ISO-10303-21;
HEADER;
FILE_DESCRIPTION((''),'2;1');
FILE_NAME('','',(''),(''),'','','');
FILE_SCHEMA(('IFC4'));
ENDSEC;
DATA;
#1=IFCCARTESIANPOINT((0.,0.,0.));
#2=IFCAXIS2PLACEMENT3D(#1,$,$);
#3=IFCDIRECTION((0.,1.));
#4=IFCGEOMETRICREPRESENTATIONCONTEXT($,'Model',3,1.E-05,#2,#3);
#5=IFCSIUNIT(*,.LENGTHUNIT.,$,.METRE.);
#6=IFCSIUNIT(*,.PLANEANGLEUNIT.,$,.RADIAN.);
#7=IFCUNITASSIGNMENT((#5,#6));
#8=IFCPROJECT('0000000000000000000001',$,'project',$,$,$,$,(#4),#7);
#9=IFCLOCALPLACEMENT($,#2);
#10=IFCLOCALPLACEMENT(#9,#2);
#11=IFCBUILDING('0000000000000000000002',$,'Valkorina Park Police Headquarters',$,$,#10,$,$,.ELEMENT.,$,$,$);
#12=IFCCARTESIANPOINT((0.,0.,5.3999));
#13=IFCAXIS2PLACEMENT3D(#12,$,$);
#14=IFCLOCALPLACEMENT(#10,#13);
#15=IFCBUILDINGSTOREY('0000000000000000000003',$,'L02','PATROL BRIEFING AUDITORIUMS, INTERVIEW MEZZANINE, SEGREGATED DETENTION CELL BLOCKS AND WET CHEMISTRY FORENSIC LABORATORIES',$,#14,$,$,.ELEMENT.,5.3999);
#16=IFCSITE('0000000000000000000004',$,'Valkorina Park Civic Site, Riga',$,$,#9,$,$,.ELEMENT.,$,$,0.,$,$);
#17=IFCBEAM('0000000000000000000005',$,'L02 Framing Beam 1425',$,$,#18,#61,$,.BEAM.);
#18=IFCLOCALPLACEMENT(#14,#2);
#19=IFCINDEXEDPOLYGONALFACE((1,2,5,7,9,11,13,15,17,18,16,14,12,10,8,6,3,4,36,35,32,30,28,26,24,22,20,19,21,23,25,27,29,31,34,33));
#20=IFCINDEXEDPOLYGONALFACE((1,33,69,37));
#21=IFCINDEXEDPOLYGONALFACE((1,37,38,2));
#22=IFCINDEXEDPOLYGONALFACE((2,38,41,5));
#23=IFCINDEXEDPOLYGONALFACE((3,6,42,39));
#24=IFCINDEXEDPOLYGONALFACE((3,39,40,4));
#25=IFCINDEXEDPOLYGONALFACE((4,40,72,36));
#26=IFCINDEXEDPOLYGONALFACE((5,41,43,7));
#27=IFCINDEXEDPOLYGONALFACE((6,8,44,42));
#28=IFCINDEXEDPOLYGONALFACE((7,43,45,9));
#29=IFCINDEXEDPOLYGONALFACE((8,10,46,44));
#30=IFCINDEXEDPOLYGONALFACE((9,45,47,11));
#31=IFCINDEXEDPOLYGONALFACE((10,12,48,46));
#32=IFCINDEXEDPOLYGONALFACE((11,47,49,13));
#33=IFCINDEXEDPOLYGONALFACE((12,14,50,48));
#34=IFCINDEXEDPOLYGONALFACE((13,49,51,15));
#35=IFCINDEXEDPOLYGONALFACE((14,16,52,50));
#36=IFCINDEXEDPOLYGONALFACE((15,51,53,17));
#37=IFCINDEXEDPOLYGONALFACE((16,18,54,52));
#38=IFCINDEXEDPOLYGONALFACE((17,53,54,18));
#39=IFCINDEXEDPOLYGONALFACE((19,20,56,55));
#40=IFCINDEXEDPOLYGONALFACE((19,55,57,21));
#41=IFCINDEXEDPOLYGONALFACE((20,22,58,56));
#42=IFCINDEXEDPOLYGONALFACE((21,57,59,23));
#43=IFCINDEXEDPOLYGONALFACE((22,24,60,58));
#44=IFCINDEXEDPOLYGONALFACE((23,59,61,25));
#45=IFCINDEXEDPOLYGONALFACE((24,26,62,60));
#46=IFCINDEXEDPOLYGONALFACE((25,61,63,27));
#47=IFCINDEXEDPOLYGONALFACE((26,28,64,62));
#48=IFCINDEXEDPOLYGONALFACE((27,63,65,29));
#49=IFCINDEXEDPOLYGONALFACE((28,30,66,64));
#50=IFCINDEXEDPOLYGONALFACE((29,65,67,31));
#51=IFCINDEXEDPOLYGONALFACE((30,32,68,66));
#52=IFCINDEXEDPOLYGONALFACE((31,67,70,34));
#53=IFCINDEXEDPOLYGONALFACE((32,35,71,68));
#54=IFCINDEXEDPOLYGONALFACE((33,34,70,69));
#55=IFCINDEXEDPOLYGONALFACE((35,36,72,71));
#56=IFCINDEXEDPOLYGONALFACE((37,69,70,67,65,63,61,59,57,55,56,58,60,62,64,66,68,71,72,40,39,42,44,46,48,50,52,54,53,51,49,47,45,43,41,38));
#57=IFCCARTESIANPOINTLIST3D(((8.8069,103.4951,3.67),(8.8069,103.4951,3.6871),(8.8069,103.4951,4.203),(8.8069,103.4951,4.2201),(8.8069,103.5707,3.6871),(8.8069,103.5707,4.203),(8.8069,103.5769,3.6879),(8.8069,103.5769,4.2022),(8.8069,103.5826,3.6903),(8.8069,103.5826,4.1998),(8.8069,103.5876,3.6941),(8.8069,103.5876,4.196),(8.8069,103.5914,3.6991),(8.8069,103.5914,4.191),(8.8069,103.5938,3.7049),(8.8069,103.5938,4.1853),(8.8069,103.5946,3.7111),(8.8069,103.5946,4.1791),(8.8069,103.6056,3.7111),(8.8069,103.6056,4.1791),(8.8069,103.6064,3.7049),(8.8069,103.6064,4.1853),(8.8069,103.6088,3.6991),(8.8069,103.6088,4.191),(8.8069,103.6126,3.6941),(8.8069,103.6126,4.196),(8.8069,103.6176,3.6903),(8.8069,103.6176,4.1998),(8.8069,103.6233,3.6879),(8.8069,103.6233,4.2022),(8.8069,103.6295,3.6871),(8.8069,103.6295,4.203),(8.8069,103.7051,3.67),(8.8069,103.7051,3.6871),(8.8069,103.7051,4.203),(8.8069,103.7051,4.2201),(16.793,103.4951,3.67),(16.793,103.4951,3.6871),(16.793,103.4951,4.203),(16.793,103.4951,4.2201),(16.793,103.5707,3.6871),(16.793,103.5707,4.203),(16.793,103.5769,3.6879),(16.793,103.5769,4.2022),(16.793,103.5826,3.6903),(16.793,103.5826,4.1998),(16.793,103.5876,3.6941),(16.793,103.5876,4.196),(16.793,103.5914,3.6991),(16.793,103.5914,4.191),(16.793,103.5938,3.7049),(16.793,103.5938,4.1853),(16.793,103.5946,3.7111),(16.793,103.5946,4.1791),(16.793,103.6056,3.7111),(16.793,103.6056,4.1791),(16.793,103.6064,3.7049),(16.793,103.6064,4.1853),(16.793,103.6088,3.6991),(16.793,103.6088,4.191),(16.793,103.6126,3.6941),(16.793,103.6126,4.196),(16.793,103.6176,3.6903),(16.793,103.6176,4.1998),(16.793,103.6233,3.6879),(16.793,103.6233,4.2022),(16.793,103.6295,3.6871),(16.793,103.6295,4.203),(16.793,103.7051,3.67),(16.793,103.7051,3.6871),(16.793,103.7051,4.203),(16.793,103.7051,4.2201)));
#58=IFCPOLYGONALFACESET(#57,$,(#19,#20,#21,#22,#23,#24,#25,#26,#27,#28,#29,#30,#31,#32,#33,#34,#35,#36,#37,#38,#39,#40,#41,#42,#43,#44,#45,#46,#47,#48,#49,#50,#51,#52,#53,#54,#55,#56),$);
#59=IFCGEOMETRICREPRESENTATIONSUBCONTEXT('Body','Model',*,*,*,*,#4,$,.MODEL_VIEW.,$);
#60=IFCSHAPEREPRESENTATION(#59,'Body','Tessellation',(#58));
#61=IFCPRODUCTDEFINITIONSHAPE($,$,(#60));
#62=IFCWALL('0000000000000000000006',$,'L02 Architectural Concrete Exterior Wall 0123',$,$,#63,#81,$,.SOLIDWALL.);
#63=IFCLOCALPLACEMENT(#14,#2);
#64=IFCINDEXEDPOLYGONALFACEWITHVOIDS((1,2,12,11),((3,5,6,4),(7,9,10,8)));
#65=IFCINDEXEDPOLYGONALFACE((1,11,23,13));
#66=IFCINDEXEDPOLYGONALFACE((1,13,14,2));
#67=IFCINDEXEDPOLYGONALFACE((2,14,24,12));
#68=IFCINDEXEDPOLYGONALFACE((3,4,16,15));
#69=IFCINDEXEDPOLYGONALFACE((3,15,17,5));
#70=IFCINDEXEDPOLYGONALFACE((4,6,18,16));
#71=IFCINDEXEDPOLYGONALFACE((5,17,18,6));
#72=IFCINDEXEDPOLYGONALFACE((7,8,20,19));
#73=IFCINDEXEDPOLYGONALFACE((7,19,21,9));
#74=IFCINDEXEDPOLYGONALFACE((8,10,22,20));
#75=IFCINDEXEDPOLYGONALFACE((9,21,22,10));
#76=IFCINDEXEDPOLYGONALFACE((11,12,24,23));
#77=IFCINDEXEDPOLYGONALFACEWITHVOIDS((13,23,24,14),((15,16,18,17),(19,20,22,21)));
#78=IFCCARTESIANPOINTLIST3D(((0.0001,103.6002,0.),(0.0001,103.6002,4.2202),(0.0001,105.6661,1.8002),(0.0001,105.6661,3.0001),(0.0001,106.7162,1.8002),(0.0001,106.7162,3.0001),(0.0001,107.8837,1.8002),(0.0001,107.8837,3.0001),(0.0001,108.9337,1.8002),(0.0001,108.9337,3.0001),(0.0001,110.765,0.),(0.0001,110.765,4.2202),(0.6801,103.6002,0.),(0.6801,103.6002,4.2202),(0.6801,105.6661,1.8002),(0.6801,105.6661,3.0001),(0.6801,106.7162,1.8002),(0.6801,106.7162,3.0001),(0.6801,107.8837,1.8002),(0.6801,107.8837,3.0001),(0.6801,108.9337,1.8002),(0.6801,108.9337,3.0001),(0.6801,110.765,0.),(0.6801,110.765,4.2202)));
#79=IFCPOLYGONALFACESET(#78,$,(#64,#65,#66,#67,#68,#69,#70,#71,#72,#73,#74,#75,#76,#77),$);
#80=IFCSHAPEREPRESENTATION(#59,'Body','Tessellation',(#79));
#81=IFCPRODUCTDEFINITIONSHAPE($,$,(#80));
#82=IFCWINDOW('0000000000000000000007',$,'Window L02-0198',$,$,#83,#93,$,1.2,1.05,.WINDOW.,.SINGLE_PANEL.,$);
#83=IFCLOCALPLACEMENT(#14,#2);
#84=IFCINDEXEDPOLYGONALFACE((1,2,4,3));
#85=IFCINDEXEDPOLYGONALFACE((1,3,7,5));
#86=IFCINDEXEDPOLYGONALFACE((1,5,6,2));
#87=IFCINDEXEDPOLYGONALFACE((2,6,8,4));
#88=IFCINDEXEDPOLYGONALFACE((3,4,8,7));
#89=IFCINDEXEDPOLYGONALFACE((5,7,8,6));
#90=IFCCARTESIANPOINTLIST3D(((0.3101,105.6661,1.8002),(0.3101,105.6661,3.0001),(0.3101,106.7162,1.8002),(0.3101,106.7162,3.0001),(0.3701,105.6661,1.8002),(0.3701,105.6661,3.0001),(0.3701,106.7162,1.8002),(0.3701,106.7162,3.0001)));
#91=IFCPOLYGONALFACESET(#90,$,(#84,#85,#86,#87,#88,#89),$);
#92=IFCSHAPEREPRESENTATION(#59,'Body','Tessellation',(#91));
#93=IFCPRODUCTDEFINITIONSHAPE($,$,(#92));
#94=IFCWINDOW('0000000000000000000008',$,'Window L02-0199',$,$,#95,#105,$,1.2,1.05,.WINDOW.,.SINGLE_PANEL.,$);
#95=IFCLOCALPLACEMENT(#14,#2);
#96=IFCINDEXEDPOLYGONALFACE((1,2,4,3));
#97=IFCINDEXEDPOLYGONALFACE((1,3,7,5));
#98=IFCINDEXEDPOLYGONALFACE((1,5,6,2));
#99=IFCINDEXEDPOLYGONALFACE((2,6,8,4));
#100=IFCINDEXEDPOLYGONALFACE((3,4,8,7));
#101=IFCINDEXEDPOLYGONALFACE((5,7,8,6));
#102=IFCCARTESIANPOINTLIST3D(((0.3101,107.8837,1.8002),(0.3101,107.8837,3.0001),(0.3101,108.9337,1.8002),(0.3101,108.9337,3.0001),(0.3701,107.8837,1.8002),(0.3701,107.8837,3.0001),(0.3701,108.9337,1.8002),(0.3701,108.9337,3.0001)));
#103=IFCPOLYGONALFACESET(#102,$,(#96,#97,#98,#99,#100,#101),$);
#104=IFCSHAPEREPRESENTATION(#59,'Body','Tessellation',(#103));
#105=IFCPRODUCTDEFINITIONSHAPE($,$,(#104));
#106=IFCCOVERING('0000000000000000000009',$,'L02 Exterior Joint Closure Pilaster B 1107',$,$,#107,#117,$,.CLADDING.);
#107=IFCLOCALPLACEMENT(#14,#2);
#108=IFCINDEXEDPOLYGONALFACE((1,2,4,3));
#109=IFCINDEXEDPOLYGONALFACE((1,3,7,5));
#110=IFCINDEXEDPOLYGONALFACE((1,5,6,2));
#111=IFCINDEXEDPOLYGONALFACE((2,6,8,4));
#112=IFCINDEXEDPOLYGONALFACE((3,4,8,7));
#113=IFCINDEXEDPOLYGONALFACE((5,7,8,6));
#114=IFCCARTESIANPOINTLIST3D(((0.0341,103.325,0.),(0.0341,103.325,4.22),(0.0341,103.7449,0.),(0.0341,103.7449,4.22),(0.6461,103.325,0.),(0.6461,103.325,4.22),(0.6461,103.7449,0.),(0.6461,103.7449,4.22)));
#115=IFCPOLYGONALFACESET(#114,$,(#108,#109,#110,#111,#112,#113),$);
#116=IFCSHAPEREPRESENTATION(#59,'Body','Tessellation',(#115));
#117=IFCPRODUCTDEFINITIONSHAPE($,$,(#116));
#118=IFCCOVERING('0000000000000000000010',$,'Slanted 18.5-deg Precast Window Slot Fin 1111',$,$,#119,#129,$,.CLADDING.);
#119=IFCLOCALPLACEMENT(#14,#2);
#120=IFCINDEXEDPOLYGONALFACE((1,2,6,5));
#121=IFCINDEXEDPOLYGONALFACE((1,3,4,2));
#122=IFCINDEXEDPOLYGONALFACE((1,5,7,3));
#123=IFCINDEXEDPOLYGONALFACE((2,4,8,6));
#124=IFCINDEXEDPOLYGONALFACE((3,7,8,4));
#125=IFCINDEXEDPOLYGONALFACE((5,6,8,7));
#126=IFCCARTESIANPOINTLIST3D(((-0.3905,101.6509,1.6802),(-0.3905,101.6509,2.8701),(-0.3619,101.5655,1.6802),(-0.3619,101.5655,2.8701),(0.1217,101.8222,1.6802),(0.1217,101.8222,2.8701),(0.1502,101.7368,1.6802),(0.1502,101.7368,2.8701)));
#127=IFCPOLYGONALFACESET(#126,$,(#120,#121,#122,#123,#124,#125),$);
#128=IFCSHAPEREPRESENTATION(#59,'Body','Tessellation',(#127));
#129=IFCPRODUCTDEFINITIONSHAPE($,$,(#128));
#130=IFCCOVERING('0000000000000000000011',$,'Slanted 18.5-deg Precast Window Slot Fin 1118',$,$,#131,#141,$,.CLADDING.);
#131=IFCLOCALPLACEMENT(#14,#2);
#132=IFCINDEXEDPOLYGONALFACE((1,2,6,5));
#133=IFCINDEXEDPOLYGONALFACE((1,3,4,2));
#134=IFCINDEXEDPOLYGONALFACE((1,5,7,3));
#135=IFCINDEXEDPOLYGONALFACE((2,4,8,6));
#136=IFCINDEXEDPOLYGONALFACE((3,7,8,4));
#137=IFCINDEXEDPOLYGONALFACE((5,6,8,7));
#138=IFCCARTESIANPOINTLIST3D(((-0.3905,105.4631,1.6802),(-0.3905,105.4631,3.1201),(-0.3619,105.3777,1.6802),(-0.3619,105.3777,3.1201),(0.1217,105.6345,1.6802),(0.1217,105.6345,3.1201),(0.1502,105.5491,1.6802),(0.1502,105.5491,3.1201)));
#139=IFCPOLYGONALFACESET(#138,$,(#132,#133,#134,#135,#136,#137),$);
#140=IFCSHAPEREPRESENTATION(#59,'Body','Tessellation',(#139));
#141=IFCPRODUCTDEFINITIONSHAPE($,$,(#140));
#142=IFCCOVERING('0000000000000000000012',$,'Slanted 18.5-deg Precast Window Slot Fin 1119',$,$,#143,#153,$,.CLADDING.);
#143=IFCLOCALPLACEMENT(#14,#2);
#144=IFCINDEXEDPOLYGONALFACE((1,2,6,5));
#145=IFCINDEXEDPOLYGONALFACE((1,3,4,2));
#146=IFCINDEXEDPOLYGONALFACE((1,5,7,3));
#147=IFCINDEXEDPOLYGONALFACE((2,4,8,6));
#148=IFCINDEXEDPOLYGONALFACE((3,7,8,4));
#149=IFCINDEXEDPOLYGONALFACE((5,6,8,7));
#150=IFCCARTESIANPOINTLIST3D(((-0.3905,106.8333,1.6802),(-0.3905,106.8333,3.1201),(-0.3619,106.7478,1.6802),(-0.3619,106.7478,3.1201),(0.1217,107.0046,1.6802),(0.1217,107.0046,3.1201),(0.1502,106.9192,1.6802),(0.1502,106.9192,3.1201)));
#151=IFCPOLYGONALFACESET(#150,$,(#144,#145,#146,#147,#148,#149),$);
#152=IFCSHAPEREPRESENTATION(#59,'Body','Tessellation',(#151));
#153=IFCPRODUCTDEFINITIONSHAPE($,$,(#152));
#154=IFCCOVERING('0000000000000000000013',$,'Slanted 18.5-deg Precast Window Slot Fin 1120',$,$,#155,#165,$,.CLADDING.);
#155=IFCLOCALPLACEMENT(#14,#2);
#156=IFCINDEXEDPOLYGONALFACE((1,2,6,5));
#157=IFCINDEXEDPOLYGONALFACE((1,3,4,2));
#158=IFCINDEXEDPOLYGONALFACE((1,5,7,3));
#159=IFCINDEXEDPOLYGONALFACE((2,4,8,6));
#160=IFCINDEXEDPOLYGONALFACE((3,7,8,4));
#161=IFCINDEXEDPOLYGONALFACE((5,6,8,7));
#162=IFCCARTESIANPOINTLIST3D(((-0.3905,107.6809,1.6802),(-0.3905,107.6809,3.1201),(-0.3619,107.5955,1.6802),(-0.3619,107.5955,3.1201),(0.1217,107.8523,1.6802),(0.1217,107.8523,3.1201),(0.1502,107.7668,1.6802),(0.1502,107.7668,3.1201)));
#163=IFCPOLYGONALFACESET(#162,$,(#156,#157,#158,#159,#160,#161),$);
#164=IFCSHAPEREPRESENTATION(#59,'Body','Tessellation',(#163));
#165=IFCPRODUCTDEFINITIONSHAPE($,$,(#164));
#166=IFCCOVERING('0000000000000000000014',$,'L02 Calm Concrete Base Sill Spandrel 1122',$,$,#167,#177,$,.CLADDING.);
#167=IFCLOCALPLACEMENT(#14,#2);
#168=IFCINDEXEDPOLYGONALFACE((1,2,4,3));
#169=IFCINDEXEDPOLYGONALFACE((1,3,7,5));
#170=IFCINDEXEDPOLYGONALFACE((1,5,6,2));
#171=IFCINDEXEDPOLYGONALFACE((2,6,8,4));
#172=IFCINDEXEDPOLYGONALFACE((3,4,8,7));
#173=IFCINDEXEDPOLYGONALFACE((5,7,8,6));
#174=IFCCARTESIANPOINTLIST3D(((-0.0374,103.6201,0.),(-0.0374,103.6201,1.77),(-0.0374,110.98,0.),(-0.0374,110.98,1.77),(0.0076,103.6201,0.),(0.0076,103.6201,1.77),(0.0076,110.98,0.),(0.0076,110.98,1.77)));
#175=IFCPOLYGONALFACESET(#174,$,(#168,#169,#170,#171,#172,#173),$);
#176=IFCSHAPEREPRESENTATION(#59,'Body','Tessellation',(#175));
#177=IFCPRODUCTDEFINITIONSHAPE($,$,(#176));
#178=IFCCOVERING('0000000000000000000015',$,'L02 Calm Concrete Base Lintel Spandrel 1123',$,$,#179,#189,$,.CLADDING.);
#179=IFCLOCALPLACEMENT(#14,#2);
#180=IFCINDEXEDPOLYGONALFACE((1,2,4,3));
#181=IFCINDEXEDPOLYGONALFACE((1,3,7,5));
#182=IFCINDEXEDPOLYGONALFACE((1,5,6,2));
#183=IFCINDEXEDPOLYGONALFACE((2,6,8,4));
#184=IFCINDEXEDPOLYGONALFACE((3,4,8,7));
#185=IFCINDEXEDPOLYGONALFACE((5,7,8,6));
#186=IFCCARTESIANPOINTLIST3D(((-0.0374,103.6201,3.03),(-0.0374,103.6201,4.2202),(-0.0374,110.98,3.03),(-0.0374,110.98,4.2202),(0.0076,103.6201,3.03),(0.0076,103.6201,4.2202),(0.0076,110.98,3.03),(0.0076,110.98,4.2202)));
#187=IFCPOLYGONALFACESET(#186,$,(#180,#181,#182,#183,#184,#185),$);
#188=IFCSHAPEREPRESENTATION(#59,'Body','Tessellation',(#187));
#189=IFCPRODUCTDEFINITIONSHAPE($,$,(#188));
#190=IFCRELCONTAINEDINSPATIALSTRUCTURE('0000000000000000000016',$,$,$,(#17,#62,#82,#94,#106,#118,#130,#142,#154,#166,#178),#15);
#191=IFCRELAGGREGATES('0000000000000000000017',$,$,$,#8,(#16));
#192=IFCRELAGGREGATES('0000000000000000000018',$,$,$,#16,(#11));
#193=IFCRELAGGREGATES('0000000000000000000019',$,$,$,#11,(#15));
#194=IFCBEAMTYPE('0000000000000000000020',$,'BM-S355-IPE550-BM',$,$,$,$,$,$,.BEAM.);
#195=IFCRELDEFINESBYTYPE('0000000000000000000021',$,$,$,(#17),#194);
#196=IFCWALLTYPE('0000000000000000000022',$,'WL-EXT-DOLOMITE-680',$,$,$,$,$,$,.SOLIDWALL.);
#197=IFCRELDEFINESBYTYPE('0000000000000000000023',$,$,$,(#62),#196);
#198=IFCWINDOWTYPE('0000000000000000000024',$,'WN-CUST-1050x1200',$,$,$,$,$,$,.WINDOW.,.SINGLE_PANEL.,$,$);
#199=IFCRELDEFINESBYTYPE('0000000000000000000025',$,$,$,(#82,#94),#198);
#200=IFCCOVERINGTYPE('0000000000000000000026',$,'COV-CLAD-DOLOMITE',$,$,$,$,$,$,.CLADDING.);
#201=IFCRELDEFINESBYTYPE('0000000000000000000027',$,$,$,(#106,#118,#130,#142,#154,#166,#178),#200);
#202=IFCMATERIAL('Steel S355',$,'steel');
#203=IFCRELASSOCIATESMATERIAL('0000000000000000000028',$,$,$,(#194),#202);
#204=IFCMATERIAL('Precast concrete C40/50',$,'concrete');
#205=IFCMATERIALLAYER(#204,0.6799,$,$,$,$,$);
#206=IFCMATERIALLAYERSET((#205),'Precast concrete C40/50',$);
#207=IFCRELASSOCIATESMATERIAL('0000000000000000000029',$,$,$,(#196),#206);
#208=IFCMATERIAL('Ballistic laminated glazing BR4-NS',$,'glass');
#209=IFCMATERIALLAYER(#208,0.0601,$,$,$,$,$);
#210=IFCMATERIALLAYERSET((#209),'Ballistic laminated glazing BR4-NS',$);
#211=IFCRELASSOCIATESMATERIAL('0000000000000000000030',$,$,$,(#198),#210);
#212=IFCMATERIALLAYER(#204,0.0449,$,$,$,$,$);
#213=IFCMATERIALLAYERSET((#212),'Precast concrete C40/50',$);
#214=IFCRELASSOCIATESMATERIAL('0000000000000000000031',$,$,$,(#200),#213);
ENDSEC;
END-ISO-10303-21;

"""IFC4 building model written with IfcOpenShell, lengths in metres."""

from ifc_helpers import new_model, si_unit, direction, frame, frame_2d, origin, origin_2d, place, context, subcontext, project, spatial, rectangle, i_section, extrude, material, layer, layer_set, material_profile, profile_set, type_object, element, fill, save


model = new_model("IFC4")

# Units and contexts
model_context = context("Model", 3, precision=1e-05, world=origin(), true_north=direction((0.0, 1.0)))
body_context = subcontext(model_context, "Body", "Model", "MODEL_VIEW")
ifc_project = project(units=[si_unit("LENGTHUNIT", "METRE"), si_unit("PLANEANGLEUNIT", "RADIAN")], contexts=[model_context])

# Site, building, storey
site_placement = place(None, origin())
site = spatial("IfcSite", under=ifc_project, at=site_placement, Name="Valkorina Park Civic Site, Riga", CompositionType="ELEMENT", RefElevation=0.0)
building_placement = place(site_placement, origin())
building = spatial("IfcBuilding", under=site, at=building_placement, Name="Valkorina Park Police Headquarters", CompositionType="ELEMENT")
storey_placement = place(building_placement, frame((0.0, 0.0, 5.3999)))
storey = spatial("IfcBuildingStorey", under=building, at=storey_placement, Name="L02", Description="PATROL BRIEFING AUDITORIUMS, INTERVIEW MEZZANINE, SEGREGATED DETENTION CELL BLOCKS AND WET CHEMISTRY FORENSIC LABORATORIES", CompositionType="ELEMENT", Elevation=5.3999)

# Shared definitions
ifc_material_1 = material(Name="Steel S355", Category="steel")

# Beam
ifc_material_profile_1 = material_profile(ifc_material_1, i_section(OverallWidth=0.21, OverallDepth=0.55, WebThickness=0.011, FlangeThickness=0.0171, FilletRadius=0.0239, at=origin_2d()), Name="IPE 550")
ifc_profile_set_1 = profile_set([ifc_material_profile_1], Name="Steel S355")
beam_type_1 = type_object("IfcBeamType", Name="BM-S355-IPE550-BM", PredefinedType="BEAM", material=ifc_profile_set_1)
beam_1_placement = place(storey_placement, frame((8.8069, 103.6001, 3.9451), z_axis=(1.0, 0.0, 0.0), x_axis=(0.0, 1.0, 0.0)))
element("IfcBeam", 1, at=beam_1_placement, inside=storey, type_object=beam_type_1, Name="L02 Framing Beam 1425", PredefinedType="BEAM", context=body_context, shape_type="SweptSolid", body=[
    extrude(i_section(OverallWidth=0.21, OverallDepth=0.55, WebThickness=0.011, FlangeThickness=0.0171, FilletRadius=0.0239, at=origin_2d()), origin(), (0.0, 0.0, 1.0), 7.9861),
])

# Wall, openings, windows
ifc_material_2 = material(Name="Precast concrete C40/50", Category="concrete")
ifc_layer_1 = layer(ifc_material_2, 0.6799)
ifc_layer_set_1 = layer_set([ifc_layer_1], Name="Precast concrete C40/50")
wall_type = type_object("IfcWallType", Name="WL-EXT-DOLOMITE-680", PredefinedType="SOLIDWALL", material=ifc_layer_set_1)
wall_placement = place(storey_placement, frame((0.3401, 103.6001, 0.0), z_axis=(0.0, 0.0, 1.0), x_axis=(0.0, 1.0, 0.0)))
wall = element("IfcWall", 2, at=wall_placement, inside=storey, type_object=wall_type, Name="L02 Architectural Concrete Exterior Wall 0123", PredefinedType="SOLIDWALL", context=body_context, shape_type="SweptSolid", body=[
    extrude(rectangle(XDim=7.1648, YDim=0.6799, at=frame_2d((3.5825, 0.0))), origin(), (0.0, 0.0, 1.0), 4.2202),
])
opening_1_placement = place(wall_placement, frame((2.0662, 0.0, 1.8)))
opening_1 = element("IfcOpeningElement", 3, at=opening_1_placement, cuts=wall, PredefinedType="OPENING", context=body_context, shape_type="SweptSolid", body=[
    extrude(rectangle(XDim=1.05, YDim=1.2, at=frame_2d((0.5249, 0.6001))), frame((0.0, 0.3501, 0.0), z_axis=(0.0, -1.0, 0.0), x_axis=(1.0, 0.0, 0.0)), (0.0, 0.0, 1.0), 0.7),
])
opening_2_placement = place(wall_placement, frame((4.2837, 0.0, 1.8)))
opening_2 = element("IfcOpeningElement", 4, at=opening_2_placement, cuts=wall, PredefinedType="OPENING", context=body_context, shape_type="SweptSolid", body=[
    extrude(rectangle(XDim=1.05, YDim=1.2, at=frame_2d((0.5249, 0.6001))), frame((0.0, 0.3501, 0.0), z_axis=(0.0, -1.0, 0.0), x_axis=(1.0, 0.0, 0.0)), (0.0, 0.0, 1.0), 0.7),
])
ifc_material_3 = material(Name="Ballistic laminated glazing BR4-NS", Category="glass")
ifc_layer_2 = layer(ifc_material_3, 0.0601)
ifc_layer_set_2 = layer_set([ifc_layer_2], Name="Ballistic laminated glazing BR4-NS")
window_type = type_object("IfcWindowType", Name="WN-CUST-1050x1200", PartitioningType="SINGLE_PANEL", PredefinedType="WINDOW", material=ifc_layer_set_2)
window_1_placement = place(opening_1_placement, origin())
window_1 = element("IfcWindow", 5, at=window_1_placement, inside=storey, type_object=window_type, Name="Window L02-0198", OverallHeight=1.2, OverallWidth=1.05, PartitioningType="SINGLE_PANEL", PredefinedType="WINDOW", context=body_context, shape_type="SweptSolid", body=[
    extrude(rectangle(XDim=1.05, YDim=1.2, at=frame_2d((0.5249, 0.6001))), frame((0.0, 0.03, 0.0), z_axis=(0.0, -1.0, 0.0), x_axis=(1.0, 0.0, 0.0)), (0.0, 0.0, 1.0), 0.0601),
])
fill(opening_1, window_1)
window_2_placement = place(opening_2_placement, origin())
window_2 = element("IfcWindow", 6, at=window_2_placement, inside=storey, type_object=window_type, Name="Window L02-0199", OverallHeight=1.2, OverallWidth=1.05, PartitioningType="SINGLE_PANEL", PredefinedType="WINDOW", context=body_context, shape_type="SweptSolid", body=[
    extrude(rectangle(XDim=1.05, YDim=1.2, at=frame_2d((0.5249, 0.6001))), frame((0.0, 0.03, 0.0), z_axis=(0.0, -1.0, 0.0), x_axis=(1.0, 0.0, 0.0)), (0.0, 0.0, 1.0), 0.0601),
])
fill(opening_2, window_2)

# Coverings
ifc_layer_3 = layer(ifc_material_2, 0.0449)
ifc_layer_set_3 = layer_set([ifc_layer_3], Name="Precast concrete C40/50")
covering_type = type_object("IfcCoveringType", Name="COV-CLAD-DOLOMITE", PredefinedType="CLADDING", material=ifc_layer_set_3)
covering_1_placement = place(storey_placement, frame((0.3401, 103.5349, 0.0), z_axis=(0.0, 0.0, 1.0), x_axis=(0.0, 1.0, 0.0)))
element("IfcCovering", 7, at=covering_1_placement, inside=storey, type_object=covering_type, Name="L02 Exterior Joint Closure Pilaster B 1107", PredefinedType="CLADDING", context=body_context, shape_type="SweptSolid", body=[
    extrude(rectangle(XDim=0.4199, YDim=0.6121, at=origin_2d()), origin(), (0.0, 0.0, 1.0), 4.22),
])
covering_2_placement = place(storey_placement, frame((-0.1201, 101.6938, 1.6802), z_axis=(0.0, 0.0, 1.0), x_axis=(-0.948324, -0.317305, 0.0)))
element("IfcCovering", 8, at=covering_2_placement, inside=storey, type_object=covering_type, Name="Slanted 18.5-deg Precast Window Slot Fin 1111", PredefinedType="CLADDING", context=body_context, shape_type="SweptSolid", body=[
    extrude(rectangle(XDim=0.54, YDim=0.0901, at=origin_2d()), origin(), (0.0, 0.0, 1.0), 1.1899),
])
for number, where, z_axis, x_axis, name in (
    (9, (-0.1201, 105.5061, 1.6802), (0.0, 0.0, 1.0), (-0.948324, -0.317305, 0.0), "Slanted 18.5-deg Precast Window Slot Fin 1118"),
    (10, (-0.1201, 106.8762, 1.6802), (0.0, 0.0, 1.0), (-0.948324, -0.317305, 0.0), "Slanted 18.5-deg Precast Window Slot Fin 1119"),
    (11, (-0.1201, 107.7239, 1.6802), (0.0, 0.0, 1.0), (-0.948324, -0.317305, 0.0), "Slanted 18.5-deg Precast Window Slot Fin 1120"),
):
    element("IfcCovering", number, at=place(storey_placement, frame(where, z_axis=z_axis, x_axis=x_axis)), inside=storey, type_object=covering_type, Name=name, PredefinedType="CLADDING", context=body_context, shape_type="SweptSolid", body=[
        extrude(rectangle(XDim=0.54, YDim=0.0901, at=origin_2d()), origin(), (0.0, 0.0, 1.0), 1.4399),
    ])
covering_3_placement = place(storey_placement, frame((-0.0149, 103.6201, 0.0), z_axis=(0.0, 0.0, 1.0), x_axis=(0.0, 1.0, 0.0)))
element("IfcCovering", 12, at=covering_3_placement, inside=storey, type_object=covering_type, Name="L02 Calm Concrete Base Sill Spandrel 1122", PredefinedType="CLADDING", context=body_context, shape_type="SweptSolid", body=[
    extrude(rectangle(XDim=7.3599, YDim=0.0449, at=frame_2d((3.6799, 0.0))), origin(), (0.0, 0.0, 1.0), 1.77),
])
covering_4_placement = place(storey_placement, frame((-0.0149, 103.6201, 3.03), z_axis=(0.0, 0.0, 1.0), x_axis=(0.0, 1.0, 0.0)))
element("IfcCovering", 13, at=covering_4_placement, inside=storey, type_object=covering_type, Name="L02 Calm Concrete Base Lintel Spandrel 1123", PredefinedType="CLADDING", context=body_context, shape_type="SweptSolid", body=[
    extrude(rectangle(XDim=7.3599, YDim=0.0449, at=frame_2d((3.6799, 0.0))), origin(), (0.0, 0.0, 1.0), 1.1902),
])

save(model, "model.ifc")
